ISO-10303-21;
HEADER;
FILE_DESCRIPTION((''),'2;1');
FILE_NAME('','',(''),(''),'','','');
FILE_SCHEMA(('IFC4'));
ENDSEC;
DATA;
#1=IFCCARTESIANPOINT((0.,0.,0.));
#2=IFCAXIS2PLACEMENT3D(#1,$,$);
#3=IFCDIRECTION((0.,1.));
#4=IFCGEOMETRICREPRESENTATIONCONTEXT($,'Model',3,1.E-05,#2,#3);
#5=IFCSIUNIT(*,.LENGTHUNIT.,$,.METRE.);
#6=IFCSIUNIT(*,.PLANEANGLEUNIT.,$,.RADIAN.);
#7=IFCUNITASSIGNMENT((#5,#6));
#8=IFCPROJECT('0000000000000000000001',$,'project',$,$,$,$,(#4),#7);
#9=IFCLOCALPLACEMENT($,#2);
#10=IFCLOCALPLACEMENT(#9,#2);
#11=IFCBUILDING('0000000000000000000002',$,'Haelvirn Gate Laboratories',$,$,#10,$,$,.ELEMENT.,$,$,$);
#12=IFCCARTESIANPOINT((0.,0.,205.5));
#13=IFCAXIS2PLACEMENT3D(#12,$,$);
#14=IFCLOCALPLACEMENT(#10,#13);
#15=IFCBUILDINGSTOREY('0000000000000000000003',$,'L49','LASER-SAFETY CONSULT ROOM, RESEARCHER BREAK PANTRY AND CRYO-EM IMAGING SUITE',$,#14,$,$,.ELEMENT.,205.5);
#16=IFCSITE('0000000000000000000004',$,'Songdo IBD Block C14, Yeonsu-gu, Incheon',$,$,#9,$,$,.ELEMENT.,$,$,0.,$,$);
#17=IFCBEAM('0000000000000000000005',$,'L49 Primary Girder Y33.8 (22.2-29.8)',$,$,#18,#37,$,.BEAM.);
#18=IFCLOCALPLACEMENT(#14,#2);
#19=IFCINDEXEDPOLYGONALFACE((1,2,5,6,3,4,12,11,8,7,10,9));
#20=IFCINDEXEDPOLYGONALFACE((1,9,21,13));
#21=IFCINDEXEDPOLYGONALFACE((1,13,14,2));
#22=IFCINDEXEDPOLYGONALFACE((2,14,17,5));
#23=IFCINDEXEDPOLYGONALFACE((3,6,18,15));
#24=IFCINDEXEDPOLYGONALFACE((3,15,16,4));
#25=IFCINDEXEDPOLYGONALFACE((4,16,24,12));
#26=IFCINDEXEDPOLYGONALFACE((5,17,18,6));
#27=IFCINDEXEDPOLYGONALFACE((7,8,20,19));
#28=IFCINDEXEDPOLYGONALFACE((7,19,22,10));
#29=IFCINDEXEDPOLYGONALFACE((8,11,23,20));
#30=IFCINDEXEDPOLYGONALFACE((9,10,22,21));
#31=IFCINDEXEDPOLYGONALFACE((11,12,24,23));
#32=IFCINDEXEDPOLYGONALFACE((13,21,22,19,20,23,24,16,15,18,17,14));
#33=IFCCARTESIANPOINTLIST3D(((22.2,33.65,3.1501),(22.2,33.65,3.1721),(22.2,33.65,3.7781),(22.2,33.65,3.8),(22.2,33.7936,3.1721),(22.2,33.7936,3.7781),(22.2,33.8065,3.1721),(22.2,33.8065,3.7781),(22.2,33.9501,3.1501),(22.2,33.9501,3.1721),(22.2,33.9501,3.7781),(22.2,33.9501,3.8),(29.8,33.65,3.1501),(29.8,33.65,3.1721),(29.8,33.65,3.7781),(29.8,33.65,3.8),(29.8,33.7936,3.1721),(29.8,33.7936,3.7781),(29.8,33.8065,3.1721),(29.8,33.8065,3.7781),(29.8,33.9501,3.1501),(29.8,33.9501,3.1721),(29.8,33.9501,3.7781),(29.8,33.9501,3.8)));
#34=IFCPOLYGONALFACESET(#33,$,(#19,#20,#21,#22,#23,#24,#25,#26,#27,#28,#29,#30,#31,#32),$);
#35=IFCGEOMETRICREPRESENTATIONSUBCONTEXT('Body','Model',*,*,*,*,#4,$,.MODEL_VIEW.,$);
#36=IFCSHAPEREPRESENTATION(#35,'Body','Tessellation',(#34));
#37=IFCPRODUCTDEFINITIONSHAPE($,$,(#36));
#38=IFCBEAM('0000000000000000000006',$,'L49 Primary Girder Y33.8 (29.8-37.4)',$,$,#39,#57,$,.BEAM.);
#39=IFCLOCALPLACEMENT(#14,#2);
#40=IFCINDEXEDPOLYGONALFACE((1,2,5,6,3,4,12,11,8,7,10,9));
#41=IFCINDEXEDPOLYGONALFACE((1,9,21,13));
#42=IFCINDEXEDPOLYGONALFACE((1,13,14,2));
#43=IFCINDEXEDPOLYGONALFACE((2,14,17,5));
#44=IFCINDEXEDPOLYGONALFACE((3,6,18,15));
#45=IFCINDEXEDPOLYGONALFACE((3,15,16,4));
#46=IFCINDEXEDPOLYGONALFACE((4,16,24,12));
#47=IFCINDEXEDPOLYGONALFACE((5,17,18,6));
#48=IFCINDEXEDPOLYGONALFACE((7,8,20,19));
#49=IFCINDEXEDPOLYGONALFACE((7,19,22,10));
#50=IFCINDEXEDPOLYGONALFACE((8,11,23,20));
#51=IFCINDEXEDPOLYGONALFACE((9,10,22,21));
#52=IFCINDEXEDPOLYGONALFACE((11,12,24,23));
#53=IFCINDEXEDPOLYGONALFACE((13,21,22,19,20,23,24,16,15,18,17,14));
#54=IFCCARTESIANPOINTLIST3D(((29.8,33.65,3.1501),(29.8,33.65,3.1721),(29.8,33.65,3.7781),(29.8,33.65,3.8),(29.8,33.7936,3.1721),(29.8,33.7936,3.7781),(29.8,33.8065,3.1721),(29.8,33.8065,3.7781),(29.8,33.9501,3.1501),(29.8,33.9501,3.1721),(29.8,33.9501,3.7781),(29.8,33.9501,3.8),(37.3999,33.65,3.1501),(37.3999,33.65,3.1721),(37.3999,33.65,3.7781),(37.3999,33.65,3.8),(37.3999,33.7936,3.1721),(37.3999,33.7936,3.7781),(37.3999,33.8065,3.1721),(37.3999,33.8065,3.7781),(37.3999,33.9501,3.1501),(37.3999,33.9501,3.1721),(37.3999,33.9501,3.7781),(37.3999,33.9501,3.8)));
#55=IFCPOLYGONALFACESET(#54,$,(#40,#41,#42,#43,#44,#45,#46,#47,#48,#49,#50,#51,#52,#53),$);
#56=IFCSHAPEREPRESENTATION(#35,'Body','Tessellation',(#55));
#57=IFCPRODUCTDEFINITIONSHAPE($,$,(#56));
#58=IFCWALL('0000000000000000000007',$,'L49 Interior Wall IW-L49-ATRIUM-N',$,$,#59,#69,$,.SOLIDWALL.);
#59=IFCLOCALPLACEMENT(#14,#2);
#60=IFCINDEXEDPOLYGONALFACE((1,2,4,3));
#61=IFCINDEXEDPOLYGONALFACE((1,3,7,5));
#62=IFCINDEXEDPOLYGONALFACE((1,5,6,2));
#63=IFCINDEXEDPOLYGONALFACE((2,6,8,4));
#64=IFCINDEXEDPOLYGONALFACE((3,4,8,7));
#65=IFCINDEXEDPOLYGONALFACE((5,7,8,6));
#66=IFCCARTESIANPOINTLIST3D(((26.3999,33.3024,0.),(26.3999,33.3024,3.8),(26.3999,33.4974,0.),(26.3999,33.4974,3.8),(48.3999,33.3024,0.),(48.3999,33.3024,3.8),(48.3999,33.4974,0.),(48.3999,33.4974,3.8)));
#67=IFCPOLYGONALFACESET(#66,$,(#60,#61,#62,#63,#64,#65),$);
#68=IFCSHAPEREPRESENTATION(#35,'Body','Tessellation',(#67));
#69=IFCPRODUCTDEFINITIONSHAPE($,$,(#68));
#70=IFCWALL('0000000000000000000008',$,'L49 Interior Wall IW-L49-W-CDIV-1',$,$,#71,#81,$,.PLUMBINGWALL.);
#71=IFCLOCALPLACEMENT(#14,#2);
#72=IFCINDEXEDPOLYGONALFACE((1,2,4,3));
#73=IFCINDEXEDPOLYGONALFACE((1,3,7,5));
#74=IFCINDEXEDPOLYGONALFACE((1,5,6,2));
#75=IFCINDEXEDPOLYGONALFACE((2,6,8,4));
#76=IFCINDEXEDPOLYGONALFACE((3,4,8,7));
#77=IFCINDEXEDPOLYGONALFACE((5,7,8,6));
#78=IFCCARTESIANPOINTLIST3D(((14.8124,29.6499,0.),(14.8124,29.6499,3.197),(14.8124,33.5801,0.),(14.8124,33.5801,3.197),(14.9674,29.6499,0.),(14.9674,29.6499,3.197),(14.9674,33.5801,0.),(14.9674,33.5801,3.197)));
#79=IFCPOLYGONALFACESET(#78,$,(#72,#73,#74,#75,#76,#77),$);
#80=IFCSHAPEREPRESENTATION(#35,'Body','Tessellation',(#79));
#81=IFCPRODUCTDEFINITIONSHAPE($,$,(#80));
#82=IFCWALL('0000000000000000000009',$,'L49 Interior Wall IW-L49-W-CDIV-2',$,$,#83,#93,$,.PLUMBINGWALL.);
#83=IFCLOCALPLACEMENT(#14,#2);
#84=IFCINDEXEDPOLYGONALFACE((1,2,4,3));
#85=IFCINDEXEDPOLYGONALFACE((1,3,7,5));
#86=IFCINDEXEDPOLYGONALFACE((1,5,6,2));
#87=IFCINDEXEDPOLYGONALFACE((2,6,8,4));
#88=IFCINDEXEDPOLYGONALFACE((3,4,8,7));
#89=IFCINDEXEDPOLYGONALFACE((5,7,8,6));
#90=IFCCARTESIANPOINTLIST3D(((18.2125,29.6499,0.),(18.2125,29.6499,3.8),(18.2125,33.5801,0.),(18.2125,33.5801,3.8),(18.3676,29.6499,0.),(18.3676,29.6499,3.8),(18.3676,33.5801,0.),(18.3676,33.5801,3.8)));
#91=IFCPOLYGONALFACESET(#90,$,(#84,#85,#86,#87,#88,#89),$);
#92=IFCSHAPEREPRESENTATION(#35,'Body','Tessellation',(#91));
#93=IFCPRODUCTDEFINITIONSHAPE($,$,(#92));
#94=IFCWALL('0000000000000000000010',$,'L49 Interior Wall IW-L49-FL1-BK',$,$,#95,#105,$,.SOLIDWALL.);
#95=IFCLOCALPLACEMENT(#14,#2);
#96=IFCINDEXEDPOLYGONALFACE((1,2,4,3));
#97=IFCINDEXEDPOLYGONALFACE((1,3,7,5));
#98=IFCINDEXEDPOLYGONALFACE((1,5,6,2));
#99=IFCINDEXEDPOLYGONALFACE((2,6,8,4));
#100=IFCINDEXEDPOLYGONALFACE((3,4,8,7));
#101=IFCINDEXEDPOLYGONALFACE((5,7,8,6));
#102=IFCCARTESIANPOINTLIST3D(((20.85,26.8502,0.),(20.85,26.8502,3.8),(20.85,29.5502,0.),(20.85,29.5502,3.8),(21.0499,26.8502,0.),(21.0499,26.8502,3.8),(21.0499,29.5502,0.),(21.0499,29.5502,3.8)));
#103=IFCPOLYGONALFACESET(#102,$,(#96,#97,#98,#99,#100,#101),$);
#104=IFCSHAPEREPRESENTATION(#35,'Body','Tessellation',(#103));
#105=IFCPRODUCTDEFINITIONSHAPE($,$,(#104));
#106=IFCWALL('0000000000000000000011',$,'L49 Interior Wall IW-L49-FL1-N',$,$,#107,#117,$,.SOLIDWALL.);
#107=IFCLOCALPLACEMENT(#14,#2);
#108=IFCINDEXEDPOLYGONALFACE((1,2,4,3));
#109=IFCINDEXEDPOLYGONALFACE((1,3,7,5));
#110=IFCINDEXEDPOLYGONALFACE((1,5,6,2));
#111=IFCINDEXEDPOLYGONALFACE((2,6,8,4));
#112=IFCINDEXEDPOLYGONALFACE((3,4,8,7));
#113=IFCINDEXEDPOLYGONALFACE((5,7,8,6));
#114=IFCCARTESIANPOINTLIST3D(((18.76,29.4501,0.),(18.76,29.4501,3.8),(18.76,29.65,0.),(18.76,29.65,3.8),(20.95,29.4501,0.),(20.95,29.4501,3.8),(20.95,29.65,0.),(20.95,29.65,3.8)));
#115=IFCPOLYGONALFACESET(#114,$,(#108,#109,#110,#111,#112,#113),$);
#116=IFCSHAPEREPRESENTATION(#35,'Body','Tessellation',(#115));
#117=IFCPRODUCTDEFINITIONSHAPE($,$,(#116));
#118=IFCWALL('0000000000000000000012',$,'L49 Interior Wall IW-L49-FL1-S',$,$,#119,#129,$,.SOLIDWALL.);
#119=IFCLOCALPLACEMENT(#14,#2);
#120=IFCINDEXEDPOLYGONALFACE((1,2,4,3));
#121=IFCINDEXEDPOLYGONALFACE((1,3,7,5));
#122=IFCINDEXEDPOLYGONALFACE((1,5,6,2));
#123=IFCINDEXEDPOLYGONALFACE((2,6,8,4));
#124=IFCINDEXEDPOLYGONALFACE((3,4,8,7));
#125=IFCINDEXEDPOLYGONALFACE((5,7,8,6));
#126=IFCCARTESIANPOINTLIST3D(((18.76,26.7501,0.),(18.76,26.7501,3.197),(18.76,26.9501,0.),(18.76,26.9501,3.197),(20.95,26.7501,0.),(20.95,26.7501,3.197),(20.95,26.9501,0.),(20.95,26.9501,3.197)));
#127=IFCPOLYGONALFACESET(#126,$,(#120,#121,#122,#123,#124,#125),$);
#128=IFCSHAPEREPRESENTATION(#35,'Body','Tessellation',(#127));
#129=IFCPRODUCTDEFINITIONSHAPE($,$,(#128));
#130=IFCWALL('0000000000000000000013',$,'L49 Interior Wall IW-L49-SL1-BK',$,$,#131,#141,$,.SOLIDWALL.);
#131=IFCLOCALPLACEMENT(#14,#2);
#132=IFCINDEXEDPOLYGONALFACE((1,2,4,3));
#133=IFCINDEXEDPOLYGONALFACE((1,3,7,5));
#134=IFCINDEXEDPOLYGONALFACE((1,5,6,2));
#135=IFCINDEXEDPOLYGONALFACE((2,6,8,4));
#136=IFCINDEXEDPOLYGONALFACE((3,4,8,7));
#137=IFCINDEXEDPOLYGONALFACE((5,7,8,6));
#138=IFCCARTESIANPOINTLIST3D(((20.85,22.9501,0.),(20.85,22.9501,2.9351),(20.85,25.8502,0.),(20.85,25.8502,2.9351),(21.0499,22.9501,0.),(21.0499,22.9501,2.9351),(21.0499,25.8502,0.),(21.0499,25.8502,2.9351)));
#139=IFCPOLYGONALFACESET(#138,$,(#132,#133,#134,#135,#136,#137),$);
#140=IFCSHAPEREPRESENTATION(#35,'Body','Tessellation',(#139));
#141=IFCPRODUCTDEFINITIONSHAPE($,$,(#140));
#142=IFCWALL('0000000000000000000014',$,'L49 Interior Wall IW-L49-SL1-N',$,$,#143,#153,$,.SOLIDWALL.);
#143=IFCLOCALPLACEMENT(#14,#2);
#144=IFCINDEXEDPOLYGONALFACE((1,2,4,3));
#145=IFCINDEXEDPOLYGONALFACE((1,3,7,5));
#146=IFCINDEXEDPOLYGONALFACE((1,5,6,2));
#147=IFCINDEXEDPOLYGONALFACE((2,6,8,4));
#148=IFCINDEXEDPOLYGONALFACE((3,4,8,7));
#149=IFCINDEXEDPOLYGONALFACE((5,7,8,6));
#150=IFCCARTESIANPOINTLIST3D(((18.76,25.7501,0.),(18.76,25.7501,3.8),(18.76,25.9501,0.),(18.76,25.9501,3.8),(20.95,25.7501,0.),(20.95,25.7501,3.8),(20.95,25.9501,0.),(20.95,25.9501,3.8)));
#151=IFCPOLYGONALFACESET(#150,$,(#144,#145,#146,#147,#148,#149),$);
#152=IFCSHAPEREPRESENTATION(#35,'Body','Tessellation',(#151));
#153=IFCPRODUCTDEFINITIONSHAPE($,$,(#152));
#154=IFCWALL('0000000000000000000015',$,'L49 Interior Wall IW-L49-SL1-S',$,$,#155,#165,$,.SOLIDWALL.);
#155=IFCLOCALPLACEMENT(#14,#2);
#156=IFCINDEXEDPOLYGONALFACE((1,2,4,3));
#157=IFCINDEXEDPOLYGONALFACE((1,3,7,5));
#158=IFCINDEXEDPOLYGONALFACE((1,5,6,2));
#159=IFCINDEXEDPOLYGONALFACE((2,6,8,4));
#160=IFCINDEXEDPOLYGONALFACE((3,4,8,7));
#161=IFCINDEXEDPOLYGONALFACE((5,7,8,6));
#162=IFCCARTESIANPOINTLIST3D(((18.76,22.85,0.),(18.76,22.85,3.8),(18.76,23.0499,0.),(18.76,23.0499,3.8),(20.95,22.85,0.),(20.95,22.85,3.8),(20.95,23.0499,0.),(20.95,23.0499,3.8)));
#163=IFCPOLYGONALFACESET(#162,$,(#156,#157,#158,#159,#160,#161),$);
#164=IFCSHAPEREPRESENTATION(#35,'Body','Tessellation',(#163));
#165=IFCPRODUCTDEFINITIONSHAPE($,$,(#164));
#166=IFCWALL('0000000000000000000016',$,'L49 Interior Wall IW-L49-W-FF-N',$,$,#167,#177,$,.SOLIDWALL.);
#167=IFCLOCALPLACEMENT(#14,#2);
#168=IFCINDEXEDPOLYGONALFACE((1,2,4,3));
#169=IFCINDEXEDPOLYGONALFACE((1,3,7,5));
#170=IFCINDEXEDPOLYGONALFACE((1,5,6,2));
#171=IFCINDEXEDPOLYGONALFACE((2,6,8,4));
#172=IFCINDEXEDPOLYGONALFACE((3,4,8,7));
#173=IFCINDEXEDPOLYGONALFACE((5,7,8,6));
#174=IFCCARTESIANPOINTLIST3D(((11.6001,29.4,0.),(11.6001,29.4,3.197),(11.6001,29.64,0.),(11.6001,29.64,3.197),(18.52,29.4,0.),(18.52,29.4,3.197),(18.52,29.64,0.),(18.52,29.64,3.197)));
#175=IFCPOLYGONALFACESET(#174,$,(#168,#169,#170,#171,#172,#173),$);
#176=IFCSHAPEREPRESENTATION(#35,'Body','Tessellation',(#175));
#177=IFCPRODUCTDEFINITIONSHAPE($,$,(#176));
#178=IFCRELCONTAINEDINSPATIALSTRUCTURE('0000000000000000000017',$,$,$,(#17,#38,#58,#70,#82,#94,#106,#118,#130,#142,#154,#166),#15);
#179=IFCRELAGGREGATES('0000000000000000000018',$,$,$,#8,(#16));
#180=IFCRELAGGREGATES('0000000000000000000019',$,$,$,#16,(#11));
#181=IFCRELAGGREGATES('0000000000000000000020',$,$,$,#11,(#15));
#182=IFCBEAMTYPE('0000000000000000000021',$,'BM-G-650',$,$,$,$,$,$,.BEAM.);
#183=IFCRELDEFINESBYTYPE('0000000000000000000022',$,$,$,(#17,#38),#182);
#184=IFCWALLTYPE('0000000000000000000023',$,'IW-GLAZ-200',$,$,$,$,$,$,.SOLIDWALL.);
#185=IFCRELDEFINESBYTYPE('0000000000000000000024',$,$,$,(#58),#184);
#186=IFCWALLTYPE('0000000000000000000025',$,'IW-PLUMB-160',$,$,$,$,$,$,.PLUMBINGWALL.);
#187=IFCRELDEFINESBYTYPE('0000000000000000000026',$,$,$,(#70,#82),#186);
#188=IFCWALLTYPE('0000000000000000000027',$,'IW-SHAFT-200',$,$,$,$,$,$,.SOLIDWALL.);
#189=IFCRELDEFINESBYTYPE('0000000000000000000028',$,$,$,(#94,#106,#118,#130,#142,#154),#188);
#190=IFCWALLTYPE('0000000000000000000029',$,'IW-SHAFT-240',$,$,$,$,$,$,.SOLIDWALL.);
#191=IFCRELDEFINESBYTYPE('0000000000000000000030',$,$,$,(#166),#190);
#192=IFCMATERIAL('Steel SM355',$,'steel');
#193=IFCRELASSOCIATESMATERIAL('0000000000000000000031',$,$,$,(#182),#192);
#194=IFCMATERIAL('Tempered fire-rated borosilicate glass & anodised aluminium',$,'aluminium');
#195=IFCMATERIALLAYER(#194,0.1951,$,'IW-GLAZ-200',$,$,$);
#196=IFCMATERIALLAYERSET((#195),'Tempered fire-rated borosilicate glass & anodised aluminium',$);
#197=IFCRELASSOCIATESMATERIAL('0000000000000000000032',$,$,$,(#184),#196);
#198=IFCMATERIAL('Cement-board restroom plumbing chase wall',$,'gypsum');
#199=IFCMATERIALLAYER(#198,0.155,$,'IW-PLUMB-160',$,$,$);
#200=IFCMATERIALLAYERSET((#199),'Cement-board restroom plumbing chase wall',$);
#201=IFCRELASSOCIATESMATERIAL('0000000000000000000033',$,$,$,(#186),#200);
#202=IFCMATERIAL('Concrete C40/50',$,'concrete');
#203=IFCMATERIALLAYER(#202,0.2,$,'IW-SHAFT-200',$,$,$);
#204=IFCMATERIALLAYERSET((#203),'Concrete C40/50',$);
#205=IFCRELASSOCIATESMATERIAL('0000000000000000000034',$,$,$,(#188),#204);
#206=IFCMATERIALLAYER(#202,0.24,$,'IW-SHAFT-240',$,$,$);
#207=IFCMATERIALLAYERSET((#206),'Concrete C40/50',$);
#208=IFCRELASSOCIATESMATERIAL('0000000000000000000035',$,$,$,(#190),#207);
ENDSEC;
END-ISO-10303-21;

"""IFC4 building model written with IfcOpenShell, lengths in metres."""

from ifc_helpers import new_model, si_unit, direction, frame, frame_2d, origin, origin_2d, place, context, subcontext, project, spatial, rectangle, i_section, extrude, source, transform, mapped, material, layer, layer_set, material_profile, profile_set, type_object, type_shapes, element, save


model = new_model("IFC4")

# Units and contexts
model_context = context("Model", 3, precision=1e-05, world=origin(), true_north=direction((0.0, 1.0)))
body_context = subcontext(model_context, "Body", "Model", "MODEL_VIEW")
ifc_project = project(units=[si_unit("LENGTHUNIT", "METRE"), si_unit("PLANEANGLEUNIT", "RADIAN")], contexts=[model_context])

# Site, building, storey
site_placement = place(None, origin())
site = spatial("IfcSite", under=ifc_project, at=site_placement, Name="Songdo IBD Block C14, Yeonsu-gu, Incheon", CompositionType="ELEMENT", RefElevation=0.0)
building_placement = place(site_placement, origin())
building = spatial("IfcBuilding", under=site, at=building_placement, Name="Haelvirn Gate Laboratories", CompositionType="ELEMENT")
storey_placement = place(building_placement, frame((0.0, 0.0, 205.5)))
storey = spatial("IfcBuildingStorey", under=building, at=storey_placement, Name="L49", Description="LASER-SAFETY CONSULT ROOM, RESEARCHER BREAK PANTRY AND CRYO-EM IMAGING SUITE", CompositionType="ELEMENT", Elevation=205.5)

# Shared definitions
ifc_material_1 = material(Name="Steel SM355", Category="steel")

# Beams
ifc_material_profile_1 = material_profile(ifc_material_1, i_section(OverallWidth=0.3, OverallDepth=0.6499, WebThickness=0.0129, FlangeThickness=0.022, at=origin_2d()), Name="H-650x300x13x22")
ifc_profile_set_1 = profile_set([ifc_material_profile_1], Name="Steel SM355")
beam_type_1 = type_object("IfcBeamType", Name="BM-G-650", PredefinedType="BEAM", material=ifc_profile_set_1)
shared_shape_1 = source(origin(), body_context, "Body", "SweptSolid", [
    extrude(i_section(OverallWidth=0.3, OverallDepth=0.6499, WebThickness=0.0129, FlangeThickness=0.022, at=origin_2d()), origin(), (0.0, 0.0, 1.0), 7.6001),
])
beam_1_placement = place(storey_placement, frame((22.2, 33.8, 3.4751), z_axis=(1.0, 0.0, 0.0), x_axis=(0.0, 1.0, 0.0)))
element("IfcBeam", 1, at=beam_1_placement, inside=storey, type_object=beam_type_1, Name="L49 Primary Girder Y33.8 (22.2-29.8)", PredefinedType="BEAM", context=body_context, shape_type="MappedRepresentation", body=[
    mapped(shared_shape_1, transform((0.0, 0.0, 0.0), scale=1.0)),
])
shared_shape_2 = source(origin(), body_context, "Body", "SweptSolid", [
    extrude(i_section(OverallWidth=0.3, OverallDepth=0.6499, WebThickness=0.0129, FlangeThickness=0.022, at=origin_2d()), origin(), (0.0, 0.0, 1.0), 7.5999),
])
type_shapes(beam_type_1, [shared_shape_1, shared_shape_2])
beam_2_placement = place(storey_placement, frame((29.8, 33.8, 3.4751), z_axis=(1.0, 0.0, 0.0), x_axis=(0.0, 1.0, 0.0)))
element("IfcBeam", 2, at=beam_2_placement, inside=storey, type_object=beam_type_1, Name="L49 Primary Girder Y33.8 (29.8-37.4)", PredefinedType="BEAM", context=body_context, shape_type="MappedRepresentation", body=[
    mapped(shared_shape_2, transform((0.0, 0.0, 0.0), scale=1.0)),
])

# Walls
ifc_material_2 = material(Name="Tempered fire-rated borosilicate glass & anodised aluminium", Category="aluminium")
ifc_layer_1 = layer(ifc_material_2, 0.1951, Name="IW-GLAZ-200")
ifc_layer_set_1 = layer_set([ifc_layer_1], Name="Tempered fire-rated borosilicate glass & anodised aluminium")
wall_type_1 = type_object("IfcWallType", Name="IW-GLAZ-200", PredefinedType="SOLIDWALL", material=ifc_layer_set_1)
wall_1_placement = place(storey_placement, frame((26.3999, 33.3999, 0.0), z_axis=(0.0, 0.0, 1.0), x_axis=(1.0, 0.0, 0.0)))
element("IfcWall", 3, at=wall_1_placement, inside=storey, type_object=wall_type_1, Name="L49 Interior Wall IW-L49-ATRIUM-N", PredefinedType="SOLIDWALL", context=body_context, shape_type="SweptSolid", body=[
    extrude(rectangle(XDim=22.0, YDim=0.1951, at=frame_2d((11.0, 0.0))), origin(), (0.0, 0.0, 1.0), 3.8),
])
ifc_material_3 = material(Name="Cement-board restroom plumbing chase wall", Category="gypsum")
ifc_layer_2 = layer(ifc_material_3, 0.155, Name="IW-PLUMB-160")
ifc_layer_set_2 = layer_set([ifc_layer_2], Name="Cement-board restroom plumbing chase wall")
wall_type_2 = type_object("IfcWallType", Name="IW-PLUMB-160", PredefinedType="PLUMBINGWALL", material=ifc_layer_set_2)
wall_2_placement = place(storey_placement, frame((14.8899, 29.6499, 0.0), z_axis=(0.0, 0.0, 1.0), x_axis=(0.0, 1.0, 0.0)))
element("IfcWall", 4, at=wall_2_placement, inside=storey, type_object=wall_type_2, Name="L49 Interior Wall IW-L49-W-CDIV-1", PredefinedType="PLUMBINGWALL", context=body_context, shape_type="SweptSolid", body=[
    extrude(rectangle(XDim=3.9302, YDim=0.155, at=frame_2d((1.9651, 0.0))), origin(), (0.0, 0.0, 1.0), 3.197),
])
wall_3_placement = place(storey_placement, frame((18.29, 29.6499, 0.0), z_axis=(0.0, 0.0, 1.0), x_axis=(0.0, 1.0, 0.0)))
element("IfcWall", 5, at=wall_3_placement, inside=storey, type_object=wall_type_2, Name="L49 Interior Wall IW-L49-W-CDIV-2", PredefinedType="PLUMBINGWALL", context=body_context, shape_type="SweptSolid", body=[
    extrude(rectangle(XDim=3.9302, YDim=0.155, at=frame_2d((1.9651, 0.0))), origin(), (0.0, 0.0, 1.0), 3.8),
])
ifc_material_4 = material(Name="Concrete C40/50", Category="concrete")
ifc_layer_3 = layer(ifc_material_4, 0.2, Name="IW-SHAFT-200")
ifc_layer_set_3 = layer_set([ifc_layer_3], Name="Concrete C40/50")
wall_type_3 = type_object("IfcWallType", Name="IW-SHAFT-200", PredefinedType="SOLIDWALL", material=ifc_layer_set_3)
wall_4_placement = place(storey_placement, frame((20.95, 26.8501, 0.0), z_axis=(0.0, 0.0, 1.0), x_axis=(0.0, 1.0, 0.0)))
element("IfcWall", 6, at=wall_4_placement, inside=storey, type_object=wall_type_3, Name="L49 Interior Wall IW-L49-FL1-BK", PredefinedType="SOLIDWALL", context=body_context, shape_type="SweptSolid", body=[
    extrude(rectangle(XDim=2.7, YDim=0.2, at=frame_2d((1.3501, 0.0))), origin(), (0.0, 0.0, 1.0), 3.8),
])
wall_5_placement = place(storey_placement, frame((18.76, 29.55, 0.0), z_axis=(0.0, 0.0, 1.0), x_axis=(1.0, 0.0, 0.0)))
element("IfcWall", 7, at=wall_5_placement, inside=storey, type_object=wall_type_3, Name="L49 Interior Wall IW-L49-FL1-N", PredefinedType="SOLIDWALL", context=body_context, shape_type="SweptSolid", body=[
    extrude(rectangle(XDim=2.1899, YDim=0.2, at=frame_2d((1.095, 0.0))), origin(), (0.0, 0.0, 1.0), 3.8),
])
wall_6_placement = place(storey_placement, frame((18.76, 26.8501, 0.0), z_axis=(0.0, 0.0, 1.0), x_axis=(1.0, 0.0, 0.0)))
element("IfcWall", 8, at=wall_6_placement, inside=storey, type_object=wall_type_3, Name="L49 Interior Wall IW-L49-FL1-S", PredefinedType="SOLIDWALL", context=body_context, shape_type="SweptSolid", body=[
    extrude(rectangle(XDim=2.1899, YDim=0.2, at=frame_2d((1.095, 0.0))), origin(), (0.0, 0.0, 1.0), 3.197),
])
wall_7_placement = place(storey_placement, frame((20.95, 22.95, 0.0), z_axis=(0.0, 0.0, 1.0), x_axis=(0.0, 1.0, 0.0)))
element("IfcWall", 9, at=wall_7_placement, inside=storey, type_object=wall_type_3, Name="L49 Interior Wall IW-L49-SL1-BK", PredefinedType="SOLIDWALL", context=body_context, shape_type="SweptSolid", body=[
    extrude(rectangle(XDim=2.9001, YDim=0.2, at=frame_2d((1.4502, 0.0))), origin(), (0.0, 0.0, 1.0), 2.9351),
])
for number, where, z_axis, x_axis, name in (
    (10, (18.76, 25.8501, 0.0), (0.0, 0.0, 1.0), (1.0, 0.0, 0.0), "L49 Interior Wall IW-L49-SL1-N"),
    (11, (18.76, 22.95, 0.0), (0.0, 0.0, 1.0), (1.0, 0.0, 0.0), "L49 Interior Wall IW-L49-SL1-S"),
):
    element("IfcWall", number, at=place(storey_placement, frame(where, z_axis=z_axis, x_axis=x_axis)), inside=storey, type_object=wall_type_3, Name=name, PredefinedType="SOLIDWALL", context=body_context, shape_type="SweptSolid", body=[
        extrude(rectangle(XDim=2.1899, YDim=0.2, at=frame_2d((1.095, 0.0))), origin(), (0.0, 0.0, 1.0), 3.8),
    ])
ifc_layer_4 = layer(ifc_material_4, 0.24, Name="IW-SHAFT-240")
ifc_layer_set_4 = layer_set([ifc_layer_4], Name="Concrete C40/50")
wall_type_4 = type_object("IfcWallType", Name="IW-SHAFT-240", PredefinedType="SOLIDWALL", material=ifc_layer_set_4)
wall_8_placement = place(storey_placement, frame((11.6001, 29.52, 0.0), z_axis=(0.0, 0.0, 1.0), x_axis=(1.0, 0.0, 0.0)))
element("IfcWall", 12, at=wall_8_placement, inside=storey, type_object=wall_type_4, Name="L49 Interior Wall IW-L49-W-FF-N", PredefinedType="SOLIDWALL", context=body_context, shape_type="SweptSolid", body=[
    extrude(rectangle(XDim=6.9199, YDim=0.24, at=frame_2d((3.46, 0.0))), origin(), (0.0, 0.0, 1.0), 3.197),
])

save(model, "model.ifc")
